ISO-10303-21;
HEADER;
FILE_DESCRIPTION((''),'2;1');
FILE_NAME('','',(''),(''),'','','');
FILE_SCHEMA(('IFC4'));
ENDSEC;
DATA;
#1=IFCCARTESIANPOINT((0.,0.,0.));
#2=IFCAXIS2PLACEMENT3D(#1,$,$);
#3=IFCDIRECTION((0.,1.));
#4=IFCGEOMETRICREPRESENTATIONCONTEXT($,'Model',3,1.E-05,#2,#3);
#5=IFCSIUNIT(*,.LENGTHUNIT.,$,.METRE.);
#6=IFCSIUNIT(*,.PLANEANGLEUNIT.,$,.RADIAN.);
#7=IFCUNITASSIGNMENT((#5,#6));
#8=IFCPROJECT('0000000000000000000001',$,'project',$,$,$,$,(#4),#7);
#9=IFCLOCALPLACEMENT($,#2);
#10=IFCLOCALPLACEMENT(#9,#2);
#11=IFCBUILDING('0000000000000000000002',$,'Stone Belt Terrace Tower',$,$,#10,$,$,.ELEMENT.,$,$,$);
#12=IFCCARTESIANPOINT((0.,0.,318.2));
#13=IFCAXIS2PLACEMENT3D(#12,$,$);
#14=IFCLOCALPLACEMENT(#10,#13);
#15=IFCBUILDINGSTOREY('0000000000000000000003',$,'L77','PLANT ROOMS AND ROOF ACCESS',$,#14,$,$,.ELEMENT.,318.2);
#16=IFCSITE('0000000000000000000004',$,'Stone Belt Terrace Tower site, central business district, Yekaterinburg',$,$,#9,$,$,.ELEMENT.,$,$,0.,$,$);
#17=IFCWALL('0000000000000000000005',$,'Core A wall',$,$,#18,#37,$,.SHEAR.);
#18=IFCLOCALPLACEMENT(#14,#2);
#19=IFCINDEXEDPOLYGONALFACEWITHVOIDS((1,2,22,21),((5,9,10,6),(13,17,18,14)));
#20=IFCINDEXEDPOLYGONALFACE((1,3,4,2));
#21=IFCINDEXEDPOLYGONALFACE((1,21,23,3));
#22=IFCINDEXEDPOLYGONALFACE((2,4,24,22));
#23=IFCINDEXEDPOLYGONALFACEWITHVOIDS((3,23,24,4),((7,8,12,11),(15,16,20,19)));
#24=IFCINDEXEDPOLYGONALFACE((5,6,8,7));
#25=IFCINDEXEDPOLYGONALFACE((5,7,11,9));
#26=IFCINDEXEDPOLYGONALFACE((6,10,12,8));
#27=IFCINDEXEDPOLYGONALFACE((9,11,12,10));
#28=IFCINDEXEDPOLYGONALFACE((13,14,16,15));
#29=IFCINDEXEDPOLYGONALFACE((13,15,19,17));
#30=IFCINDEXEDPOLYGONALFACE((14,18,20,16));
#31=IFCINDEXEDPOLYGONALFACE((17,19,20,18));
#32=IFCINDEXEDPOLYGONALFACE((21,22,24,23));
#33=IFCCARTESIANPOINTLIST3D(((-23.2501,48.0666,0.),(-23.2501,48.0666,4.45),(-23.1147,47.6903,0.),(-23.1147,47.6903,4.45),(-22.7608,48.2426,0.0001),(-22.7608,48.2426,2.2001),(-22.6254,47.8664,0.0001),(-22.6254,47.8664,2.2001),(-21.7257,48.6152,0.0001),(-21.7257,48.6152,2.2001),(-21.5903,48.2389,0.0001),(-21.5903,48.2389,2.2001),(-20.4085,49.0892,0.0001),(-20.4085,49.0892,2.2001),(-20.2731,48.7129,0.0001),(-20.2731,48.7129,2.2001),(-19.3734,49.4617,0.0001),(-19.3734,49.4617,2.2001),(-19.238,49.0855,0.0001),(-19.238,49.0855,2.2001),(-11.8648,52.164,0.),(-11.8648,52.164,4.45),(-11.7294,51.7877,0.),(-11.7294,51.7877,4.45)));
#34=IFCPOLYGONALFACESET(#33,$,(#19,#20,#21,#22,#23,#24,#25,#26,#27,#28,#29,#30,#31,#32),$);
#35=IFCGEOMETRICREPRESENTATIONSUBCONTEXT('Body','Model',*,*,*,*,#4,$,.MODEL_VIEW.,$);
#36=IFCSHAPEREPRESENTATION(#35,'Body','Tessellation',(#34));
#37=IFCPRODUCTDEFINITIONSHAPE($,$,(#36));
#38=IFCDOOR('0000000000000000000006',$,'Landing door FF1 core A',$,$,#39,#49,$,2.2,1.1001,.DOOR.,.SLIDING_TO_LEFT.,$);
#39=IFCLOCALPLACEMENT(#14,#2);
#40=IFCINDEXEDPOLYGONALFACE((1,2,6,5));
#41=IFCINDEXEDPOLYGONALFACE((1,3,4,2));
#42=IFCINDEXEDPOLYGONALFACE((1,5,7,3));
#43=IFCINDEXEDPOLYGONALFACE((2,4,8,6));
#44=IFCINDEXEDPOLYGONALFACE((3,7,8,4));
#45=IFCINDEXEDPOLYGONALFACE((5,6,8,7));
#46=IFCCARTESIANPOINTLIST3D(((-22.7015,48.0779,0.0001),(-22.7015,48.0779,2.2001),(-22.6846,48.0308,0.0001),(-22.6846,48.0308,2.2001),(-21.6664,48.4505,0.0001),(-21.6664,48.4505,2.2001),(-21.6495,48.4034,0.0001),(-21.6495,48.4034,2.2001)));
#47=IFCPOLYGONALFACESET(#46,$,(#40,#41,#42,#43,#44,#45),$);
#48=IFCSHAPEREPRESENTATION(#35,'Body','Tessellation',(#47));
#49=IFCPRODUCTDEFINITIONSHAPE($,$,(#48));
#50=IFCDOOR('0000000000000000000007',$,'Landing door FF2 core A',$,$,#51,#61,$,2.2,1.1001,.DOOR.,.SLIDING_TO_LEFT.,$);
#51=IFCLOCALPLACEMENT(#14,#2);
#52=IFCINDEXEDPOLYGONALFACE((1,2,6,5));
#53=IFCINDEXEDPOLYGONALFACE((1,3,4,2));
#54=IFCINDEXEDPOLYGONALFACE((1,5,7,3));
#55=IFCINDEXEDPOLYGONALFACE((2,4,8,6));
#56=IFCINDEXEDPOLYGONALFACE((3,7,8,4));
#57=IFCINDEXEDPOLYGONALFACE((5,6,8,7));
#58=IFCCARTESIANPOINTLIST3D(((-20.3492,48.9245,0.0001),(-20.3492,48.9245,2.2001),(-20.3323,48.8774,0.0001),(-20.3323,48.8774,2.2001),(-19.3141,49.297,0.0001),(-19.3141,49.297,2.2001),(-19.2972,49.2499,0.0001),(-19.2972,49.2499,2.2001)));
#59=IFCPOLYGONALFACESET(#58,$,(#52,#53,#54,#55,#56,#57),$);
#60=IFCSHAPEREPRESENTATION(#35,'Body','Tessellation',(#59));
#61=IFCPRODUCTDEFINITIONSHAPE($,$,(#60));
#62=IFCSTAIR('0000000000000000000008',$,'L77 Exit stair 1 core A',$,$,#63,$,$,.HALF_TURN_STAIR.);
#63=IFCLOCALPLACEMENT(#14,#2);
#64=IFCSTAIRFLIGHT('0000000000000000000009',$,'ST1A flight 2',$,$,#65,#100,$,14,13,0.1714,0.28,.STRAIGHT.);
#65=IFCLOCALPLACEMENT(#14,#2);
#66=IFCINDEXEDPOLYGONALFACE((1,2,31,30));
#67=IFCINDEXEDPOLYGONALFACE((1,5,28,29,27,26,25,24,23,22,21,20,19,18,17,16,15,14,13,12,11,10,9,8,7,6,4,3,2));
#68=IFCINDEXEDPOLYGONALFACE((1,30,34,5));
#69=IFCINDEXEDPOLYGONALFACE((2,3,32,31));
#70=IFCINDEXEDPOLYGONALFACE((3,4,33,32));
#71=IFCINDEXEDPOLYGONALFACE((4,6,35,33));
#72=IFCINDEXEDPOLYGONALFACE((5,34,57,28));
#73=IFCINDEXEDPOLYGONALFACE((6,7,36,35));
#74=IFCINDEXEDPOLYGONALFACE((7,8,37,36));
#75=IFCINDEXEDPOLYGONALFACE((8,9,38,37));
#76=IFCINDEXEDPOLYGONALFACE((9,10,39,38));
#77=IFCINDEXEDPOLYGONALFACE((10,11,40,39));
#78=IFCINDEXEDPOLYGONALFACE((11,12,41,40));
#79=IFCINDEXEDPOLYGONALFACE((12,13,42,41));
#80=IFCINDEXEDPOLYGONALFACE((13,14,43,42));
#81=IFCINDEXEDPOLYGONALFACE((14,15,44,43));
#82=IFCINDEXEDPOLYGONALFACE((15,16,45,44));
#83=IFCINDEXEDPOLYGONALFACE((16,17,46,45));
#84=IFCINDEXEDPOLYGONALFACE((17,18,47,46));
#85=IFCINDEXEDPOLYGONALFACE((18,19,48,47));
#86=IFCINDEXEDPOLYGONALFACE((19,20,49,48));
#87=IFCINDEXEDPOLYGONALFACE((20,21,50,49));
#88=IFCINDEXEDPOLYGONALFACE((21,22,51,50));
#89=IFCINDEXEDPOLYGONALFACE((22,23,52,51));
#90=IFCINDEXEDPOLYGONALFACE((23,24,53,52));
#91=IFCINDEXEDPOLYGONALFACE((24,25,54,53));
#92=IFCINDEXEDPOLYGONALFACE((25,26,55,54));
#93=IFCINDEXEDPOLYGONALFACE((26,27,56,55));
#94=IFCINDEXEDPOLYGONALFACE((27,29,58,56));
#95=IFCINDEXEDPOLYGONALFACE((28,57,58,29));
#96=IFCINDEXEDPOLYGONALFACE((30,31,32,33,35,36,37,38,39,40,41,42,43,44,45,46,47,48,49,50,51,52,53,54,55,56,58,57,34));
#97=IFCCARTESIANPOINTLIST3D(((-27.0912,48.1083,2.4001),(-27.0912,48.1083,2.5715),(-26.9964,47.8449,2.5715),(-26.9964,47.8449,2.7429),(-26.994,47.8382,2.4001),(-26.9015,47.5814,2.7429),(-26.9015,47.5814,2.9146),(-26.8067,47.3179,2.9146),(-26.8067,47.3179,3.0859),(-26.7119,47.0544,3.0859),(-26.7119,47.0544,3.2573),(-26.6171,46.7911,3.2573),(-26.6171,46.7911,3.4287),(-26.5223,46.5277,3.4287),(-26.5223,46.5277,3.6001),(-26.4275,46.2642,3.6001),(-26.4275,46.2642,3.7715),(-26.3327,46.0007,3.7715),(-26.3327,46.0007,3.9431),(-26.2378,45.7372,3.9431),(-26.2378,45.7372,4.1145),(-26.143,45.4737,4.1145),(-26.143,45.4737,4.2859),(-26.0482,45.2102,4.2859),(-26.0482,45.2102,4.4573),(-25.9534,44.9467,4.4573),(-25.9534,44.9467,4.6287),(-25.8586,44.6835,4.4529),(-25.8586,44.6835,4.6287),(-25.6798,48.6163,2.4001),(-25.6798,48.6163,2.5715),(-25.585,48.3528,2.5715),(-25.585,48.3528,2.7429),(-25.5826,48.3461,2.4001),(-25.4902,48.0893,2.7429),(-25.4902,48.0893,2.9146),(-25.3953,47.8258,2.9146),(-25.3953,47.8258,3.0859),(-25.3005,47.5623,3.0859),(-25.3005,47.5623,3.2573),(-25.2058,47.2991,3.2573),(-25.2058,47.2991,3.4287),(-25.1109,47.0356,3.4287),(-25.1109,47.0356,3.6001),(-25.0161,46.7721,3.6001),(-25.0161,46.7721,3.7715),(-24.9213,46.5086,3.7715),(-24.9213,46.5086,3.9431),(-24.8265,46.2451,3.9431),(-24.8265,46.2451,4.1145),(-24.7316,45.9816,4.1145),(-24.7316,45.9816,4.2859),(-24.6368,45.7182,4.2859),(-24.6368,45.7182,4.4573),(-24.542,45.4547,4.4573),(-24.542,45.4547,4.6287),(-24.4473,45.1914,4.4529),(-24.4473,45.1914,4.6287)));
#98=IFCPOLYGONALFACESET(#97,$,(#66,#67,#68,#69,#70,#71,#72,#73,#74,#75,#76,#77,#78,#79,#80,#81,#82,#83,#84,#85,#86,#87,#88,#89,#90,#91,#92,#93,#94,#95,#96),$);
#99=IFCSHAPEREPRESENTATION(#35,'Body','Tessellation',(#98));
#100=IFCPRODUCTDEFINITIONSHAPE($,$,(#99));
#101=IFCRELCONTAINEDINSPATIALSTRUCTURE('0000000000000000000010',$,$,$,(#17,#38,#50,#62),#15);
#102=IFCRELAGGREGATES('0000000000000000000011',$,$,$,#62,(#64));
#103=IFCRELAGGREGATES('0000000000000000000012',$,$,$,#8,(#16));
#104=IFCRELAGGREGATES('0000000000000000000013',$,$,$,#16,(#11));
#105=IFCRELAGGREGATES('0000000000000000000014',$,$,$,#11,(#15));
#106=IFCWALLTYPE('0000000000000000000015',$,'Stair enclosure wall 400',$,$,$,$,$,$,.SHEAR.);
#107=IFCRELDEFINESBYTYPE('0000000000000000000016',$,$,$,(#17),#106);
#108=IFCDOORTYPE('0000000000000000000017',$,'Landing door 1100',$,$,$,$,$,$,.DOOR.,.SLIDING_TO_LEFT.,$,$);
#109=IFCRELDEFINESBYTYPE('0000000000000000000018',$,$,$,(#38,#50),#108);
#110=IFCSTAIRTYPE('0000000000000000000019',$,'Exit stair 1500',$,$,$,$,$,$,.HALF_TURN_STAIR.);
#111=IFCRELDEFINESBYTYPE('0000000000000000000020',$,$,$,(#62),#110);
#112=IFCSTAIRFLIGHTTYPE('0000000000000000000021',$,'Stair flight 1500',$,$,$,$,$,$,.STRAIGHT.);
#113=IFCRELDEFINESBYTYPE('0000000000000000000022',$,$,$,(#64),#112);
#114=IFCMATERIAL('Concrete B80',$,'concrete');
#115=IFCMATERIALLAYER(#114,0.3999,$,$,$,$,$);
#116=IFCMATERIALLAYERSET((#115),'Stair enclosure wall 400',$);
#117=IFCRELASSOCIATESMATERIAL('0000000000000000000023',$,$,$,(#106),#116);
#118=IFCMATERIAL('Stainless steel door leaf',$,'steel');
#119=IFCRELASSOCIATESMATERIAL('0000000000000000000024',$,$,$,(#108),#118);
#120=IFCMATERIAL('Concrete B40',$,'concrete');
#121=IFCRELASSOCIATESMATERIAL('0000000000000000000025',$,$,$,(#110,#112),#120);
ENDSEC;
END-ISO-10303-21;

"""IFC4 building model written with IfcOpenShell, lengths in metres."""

from ifc_helpers import new_model, si_unit, direction, frame, frame_2d, origin, place, context, subcontext, project, spatial, polyline, rectangle, outline, extrude, material, layer, layer_set, type_object, element, fill, aggregate, save


model = new_model("IFC4")

# Units and contexts
model_context = context("Model", 3, precision=1e-05, world=origin(), true_north=direction((0.0, 1.0)))
body_context = subcontext(model_context, "Body", "Model", "MODEL_VIEW")
ifc_project = project(units=[si_unit("LENGTHUNIT", "METRE"), si_unit("PLANEANGLEUNIT", "RADIAN")], contexts=[model_context])

# Site, building, storey
site_placement = place(None, origin())
site = spatial("IfcSite", under=ifc_project, at=site_placement, Name="Stone Belt Terrace Tower site, central business district, Yekaterinburg", CompositionType="ELEMENT", RefElevation=0.0)
building_placement = place(site_placement, origin())
building = spatial("IfcBuilding", under=site, at=building_placement, Name="Stone Belt Terrace Tower", CompositionType="ELEMENT")
storey_placement = place(building_placement, frame((0.0, 0.0, 318.2)))
storey = spatial("IfcBuildingStorey", under=building, at=storey_placement, Name="L77", Description="PLANT ROOMS AND ROOF ACCESS", CompositionType="ELEMENT", Elevation=318.2)

# Shared definitions
ifc_material_1 = material(Name="Concrete B80", Category="concrete")

# Shared definitions
ifc_material_2 = material(Name="Stainless steel door leaf", Category="steel")

# Shared definitions
ifc_layer_1 = layer(ifc_material_1, 0.3999)
ifc_layer_set_1 = layer_set([ifc_layer_1], Name="Stair enclosure wall 400")
wall_type_1 = type_object("IfcWallType", Name="Stair enclosure wall 400", PredefinedType="SHEAR", material=ifc_layer_set_1)

# Wall, openings, doors
wall_1_placement = place(storey_placement, frame((-23.1824, 47.8784, 0.0), z_axis=(0.0, 0.0, 1.0), x_axis=(0.940921, 0.338626, 0.0)))
wall_1 = element("IfcWall", 1, at=wall_1_placement, inside=storey, type_object=wall_type_1, Name="Core A wall", PredefinedType="SHEAR", context=body_context, shape_type="SweptSolid", body=[
    extrude(rectangle(XDim=12.1001, YDim=0.3999, at=frame_2d((6.05, 0.0))), origin(), (0.0, 0.0, 1.0), 4.45),
])
opening_1_placement = place(wall_1_placement, frame((0.52, 0.0, 0.0)))
opening_1 = element("IfcOpeningElement", 2, at=opening_1_placement, cuts=wall_1, PredefinedType="OPENING", context=body_context, shape_type="SweptSolid", body=[
    extrude(rectangle(XDim=1.1001, YDim=2.2, at=frame_2d((0.55, 1.1001))), frame((0.0, 0.21, 0.0), z_axis=(0.0, -1.0, 0.0), x_axis=(1.0, 0.0, 0.0)), (0.0, 0.0, 1.0), 0.4199),
])
opening_2_placement = place(wall_1_placement, frame((3.02, 0.0, 0.0)))
opening_2 = element("IfcOpeningElement", 3, at=opening_2_placement, cuts=wall_1, PredefinedType="OPENING", context=body_context, shape_type="SweptSolid", body=[
    extrude(rectangle(XDim=1.1001, YDim=2.2, at=frame_2d((0.55, 1.1001))), frame((0.0, 0.21, 0.0), z_axis=(0.0, -1.0, 0.0), x_axis=(1.0, 0.0, 0.0)), (0.0, 0.0, 1.0), 0.4199),
])
door_type_1 = type_object("IfcDoorType", Name="Landing door 1100", OperationType="SLIDING_TO_LEFT", PredefinedType="DOOR", material=ifc_material_2)
door_1_placement = place(opening_1_placement, origin())
door_1 = element("IfcDoor", 4, at=door_1_placement, inside=storey, type_object=door_type_1, Name="Landing door FF1 core A", OperationType="SLIDING_TO_LEFT", OverallHeight=2.2, OverallWidth=1.1001, PredefinedType="DOOR", context=body_context, shape_type="SweptSolid", body=[
    extrude(rectangle(XDim=1.1001, YDim=2.2, at=frame_2d((0.55, 1.1001))), frame((0.0, 0.0249, 0.0), z_axis=(0.0, -1.0, 0.0), x_axis=(1.0, 0.0, 0.0)), (0.0, 0.0, 1.0), 0.05),
])
fill(opening_1, door_1)
door_2_placement = place(opening_2_placement, origin())
door_2 = element("IfcDoor", 5, at=door_2_placement, inside=storey, type_object=door_type_1, Name="Landing door FF2 core A", OperationType="SLIDING_TO_LEFT", OverallHeight=2.2, OverallWidth=1.1001, PredefinedType="DOOR", context=body_context, shape_type="SweptSolid", body=[
    extrude(rectangle(XDim=1.1001, YDim=2.2, at=frame_2d((0.55, 1.1001))), frame((0.0, 0.0249, 0.0), z_axis=(0.0, -1.0, 0.0), x_axis=(1.0, 0.0, 0.0)), (0.0, 0.0, 1.0), 0.05),
])
fill(opening_2, door_2)

# Stair, stair flight
ifc_material_3 = material(Name="Concrete B40", Category="concrete")
stair_type = type_object("IfcStairType", Name="Exit stair 1500", PredefinedType="HALF_TURN_STAIR", material=ifc_material_3)
stair_placement = place(storey_placement, origin())
stair = element("IfcStair", 6, at=stair_placement, inside=storey, type_object=stair_type, Name="L77 Exit stair 1 core A", PredefinedType="HALF_TURN_STAIR")
stair_flight_type = type_object("IfcStairFlightType", Name="Stair flight 1500", PredefinedType="STRAIGHT", material=ifc_material_3)
stair_flight_placement = place(storey_placement, frame((-26.3855, 48.3623, 2.4001), z_axis=(0.0, 0.0, 1.0), x_axis=(0.338624, -0.940922, 0.0)))
stair_flight = element("IfcStairFlight", 7, at=stair_flight_placement, type_object=stair_flight_type, Name="ST1A flight 2", NumberOfRisers=14, NumberOfTreads=13, PredefinedType="STRAIGHT", RiserHeight=0.1714, TreadLength=0.28, context=body_context, shape_type="SweptSolid", body=[
    extrude(outline(polyline([(0.0, 0.0), (0.0, 0.1714), (0.28, 0.1714), (0.28, 0.3428), (0.5601, 0.3428), (0.5601, 0.5144), (0.8401, 0.5144), (0.8401, 0.6858), (1.1201, 0.6858), (1.1201, 0.8572), (1.3999, 0.8572), (1.3999, 1.0286), (1.6799, 1.0286), (1.6799, 1.2), (1.96, 1.2), (1.96, 1.3713), (2.24, 1.3713), (2.24, 1.543), (2.52, 1.543), (2.52, 1.7144), (2.8, 1.7144), (2.8, 1.8857), (3.0801, 1.8857), (3.0801, 2.0571), (3.3601, 2.0571), (3.3601, 2.2285), (3.6399, 2.2285), (3.6399, 2.3999), (3.6399, 2.0527), (0.2871, 0.0), (0.0, 0.0)])), frame((0.0, 0.75, 0.0), z_axis=(0.0, -1.0, 0.0), x_axis=(1.0, 0.0, 0.0)), (0.0, 0.0, 1.0), 1.5),
])
aggregate(stair, [stair_flight])

save(model, "model.ifc")
